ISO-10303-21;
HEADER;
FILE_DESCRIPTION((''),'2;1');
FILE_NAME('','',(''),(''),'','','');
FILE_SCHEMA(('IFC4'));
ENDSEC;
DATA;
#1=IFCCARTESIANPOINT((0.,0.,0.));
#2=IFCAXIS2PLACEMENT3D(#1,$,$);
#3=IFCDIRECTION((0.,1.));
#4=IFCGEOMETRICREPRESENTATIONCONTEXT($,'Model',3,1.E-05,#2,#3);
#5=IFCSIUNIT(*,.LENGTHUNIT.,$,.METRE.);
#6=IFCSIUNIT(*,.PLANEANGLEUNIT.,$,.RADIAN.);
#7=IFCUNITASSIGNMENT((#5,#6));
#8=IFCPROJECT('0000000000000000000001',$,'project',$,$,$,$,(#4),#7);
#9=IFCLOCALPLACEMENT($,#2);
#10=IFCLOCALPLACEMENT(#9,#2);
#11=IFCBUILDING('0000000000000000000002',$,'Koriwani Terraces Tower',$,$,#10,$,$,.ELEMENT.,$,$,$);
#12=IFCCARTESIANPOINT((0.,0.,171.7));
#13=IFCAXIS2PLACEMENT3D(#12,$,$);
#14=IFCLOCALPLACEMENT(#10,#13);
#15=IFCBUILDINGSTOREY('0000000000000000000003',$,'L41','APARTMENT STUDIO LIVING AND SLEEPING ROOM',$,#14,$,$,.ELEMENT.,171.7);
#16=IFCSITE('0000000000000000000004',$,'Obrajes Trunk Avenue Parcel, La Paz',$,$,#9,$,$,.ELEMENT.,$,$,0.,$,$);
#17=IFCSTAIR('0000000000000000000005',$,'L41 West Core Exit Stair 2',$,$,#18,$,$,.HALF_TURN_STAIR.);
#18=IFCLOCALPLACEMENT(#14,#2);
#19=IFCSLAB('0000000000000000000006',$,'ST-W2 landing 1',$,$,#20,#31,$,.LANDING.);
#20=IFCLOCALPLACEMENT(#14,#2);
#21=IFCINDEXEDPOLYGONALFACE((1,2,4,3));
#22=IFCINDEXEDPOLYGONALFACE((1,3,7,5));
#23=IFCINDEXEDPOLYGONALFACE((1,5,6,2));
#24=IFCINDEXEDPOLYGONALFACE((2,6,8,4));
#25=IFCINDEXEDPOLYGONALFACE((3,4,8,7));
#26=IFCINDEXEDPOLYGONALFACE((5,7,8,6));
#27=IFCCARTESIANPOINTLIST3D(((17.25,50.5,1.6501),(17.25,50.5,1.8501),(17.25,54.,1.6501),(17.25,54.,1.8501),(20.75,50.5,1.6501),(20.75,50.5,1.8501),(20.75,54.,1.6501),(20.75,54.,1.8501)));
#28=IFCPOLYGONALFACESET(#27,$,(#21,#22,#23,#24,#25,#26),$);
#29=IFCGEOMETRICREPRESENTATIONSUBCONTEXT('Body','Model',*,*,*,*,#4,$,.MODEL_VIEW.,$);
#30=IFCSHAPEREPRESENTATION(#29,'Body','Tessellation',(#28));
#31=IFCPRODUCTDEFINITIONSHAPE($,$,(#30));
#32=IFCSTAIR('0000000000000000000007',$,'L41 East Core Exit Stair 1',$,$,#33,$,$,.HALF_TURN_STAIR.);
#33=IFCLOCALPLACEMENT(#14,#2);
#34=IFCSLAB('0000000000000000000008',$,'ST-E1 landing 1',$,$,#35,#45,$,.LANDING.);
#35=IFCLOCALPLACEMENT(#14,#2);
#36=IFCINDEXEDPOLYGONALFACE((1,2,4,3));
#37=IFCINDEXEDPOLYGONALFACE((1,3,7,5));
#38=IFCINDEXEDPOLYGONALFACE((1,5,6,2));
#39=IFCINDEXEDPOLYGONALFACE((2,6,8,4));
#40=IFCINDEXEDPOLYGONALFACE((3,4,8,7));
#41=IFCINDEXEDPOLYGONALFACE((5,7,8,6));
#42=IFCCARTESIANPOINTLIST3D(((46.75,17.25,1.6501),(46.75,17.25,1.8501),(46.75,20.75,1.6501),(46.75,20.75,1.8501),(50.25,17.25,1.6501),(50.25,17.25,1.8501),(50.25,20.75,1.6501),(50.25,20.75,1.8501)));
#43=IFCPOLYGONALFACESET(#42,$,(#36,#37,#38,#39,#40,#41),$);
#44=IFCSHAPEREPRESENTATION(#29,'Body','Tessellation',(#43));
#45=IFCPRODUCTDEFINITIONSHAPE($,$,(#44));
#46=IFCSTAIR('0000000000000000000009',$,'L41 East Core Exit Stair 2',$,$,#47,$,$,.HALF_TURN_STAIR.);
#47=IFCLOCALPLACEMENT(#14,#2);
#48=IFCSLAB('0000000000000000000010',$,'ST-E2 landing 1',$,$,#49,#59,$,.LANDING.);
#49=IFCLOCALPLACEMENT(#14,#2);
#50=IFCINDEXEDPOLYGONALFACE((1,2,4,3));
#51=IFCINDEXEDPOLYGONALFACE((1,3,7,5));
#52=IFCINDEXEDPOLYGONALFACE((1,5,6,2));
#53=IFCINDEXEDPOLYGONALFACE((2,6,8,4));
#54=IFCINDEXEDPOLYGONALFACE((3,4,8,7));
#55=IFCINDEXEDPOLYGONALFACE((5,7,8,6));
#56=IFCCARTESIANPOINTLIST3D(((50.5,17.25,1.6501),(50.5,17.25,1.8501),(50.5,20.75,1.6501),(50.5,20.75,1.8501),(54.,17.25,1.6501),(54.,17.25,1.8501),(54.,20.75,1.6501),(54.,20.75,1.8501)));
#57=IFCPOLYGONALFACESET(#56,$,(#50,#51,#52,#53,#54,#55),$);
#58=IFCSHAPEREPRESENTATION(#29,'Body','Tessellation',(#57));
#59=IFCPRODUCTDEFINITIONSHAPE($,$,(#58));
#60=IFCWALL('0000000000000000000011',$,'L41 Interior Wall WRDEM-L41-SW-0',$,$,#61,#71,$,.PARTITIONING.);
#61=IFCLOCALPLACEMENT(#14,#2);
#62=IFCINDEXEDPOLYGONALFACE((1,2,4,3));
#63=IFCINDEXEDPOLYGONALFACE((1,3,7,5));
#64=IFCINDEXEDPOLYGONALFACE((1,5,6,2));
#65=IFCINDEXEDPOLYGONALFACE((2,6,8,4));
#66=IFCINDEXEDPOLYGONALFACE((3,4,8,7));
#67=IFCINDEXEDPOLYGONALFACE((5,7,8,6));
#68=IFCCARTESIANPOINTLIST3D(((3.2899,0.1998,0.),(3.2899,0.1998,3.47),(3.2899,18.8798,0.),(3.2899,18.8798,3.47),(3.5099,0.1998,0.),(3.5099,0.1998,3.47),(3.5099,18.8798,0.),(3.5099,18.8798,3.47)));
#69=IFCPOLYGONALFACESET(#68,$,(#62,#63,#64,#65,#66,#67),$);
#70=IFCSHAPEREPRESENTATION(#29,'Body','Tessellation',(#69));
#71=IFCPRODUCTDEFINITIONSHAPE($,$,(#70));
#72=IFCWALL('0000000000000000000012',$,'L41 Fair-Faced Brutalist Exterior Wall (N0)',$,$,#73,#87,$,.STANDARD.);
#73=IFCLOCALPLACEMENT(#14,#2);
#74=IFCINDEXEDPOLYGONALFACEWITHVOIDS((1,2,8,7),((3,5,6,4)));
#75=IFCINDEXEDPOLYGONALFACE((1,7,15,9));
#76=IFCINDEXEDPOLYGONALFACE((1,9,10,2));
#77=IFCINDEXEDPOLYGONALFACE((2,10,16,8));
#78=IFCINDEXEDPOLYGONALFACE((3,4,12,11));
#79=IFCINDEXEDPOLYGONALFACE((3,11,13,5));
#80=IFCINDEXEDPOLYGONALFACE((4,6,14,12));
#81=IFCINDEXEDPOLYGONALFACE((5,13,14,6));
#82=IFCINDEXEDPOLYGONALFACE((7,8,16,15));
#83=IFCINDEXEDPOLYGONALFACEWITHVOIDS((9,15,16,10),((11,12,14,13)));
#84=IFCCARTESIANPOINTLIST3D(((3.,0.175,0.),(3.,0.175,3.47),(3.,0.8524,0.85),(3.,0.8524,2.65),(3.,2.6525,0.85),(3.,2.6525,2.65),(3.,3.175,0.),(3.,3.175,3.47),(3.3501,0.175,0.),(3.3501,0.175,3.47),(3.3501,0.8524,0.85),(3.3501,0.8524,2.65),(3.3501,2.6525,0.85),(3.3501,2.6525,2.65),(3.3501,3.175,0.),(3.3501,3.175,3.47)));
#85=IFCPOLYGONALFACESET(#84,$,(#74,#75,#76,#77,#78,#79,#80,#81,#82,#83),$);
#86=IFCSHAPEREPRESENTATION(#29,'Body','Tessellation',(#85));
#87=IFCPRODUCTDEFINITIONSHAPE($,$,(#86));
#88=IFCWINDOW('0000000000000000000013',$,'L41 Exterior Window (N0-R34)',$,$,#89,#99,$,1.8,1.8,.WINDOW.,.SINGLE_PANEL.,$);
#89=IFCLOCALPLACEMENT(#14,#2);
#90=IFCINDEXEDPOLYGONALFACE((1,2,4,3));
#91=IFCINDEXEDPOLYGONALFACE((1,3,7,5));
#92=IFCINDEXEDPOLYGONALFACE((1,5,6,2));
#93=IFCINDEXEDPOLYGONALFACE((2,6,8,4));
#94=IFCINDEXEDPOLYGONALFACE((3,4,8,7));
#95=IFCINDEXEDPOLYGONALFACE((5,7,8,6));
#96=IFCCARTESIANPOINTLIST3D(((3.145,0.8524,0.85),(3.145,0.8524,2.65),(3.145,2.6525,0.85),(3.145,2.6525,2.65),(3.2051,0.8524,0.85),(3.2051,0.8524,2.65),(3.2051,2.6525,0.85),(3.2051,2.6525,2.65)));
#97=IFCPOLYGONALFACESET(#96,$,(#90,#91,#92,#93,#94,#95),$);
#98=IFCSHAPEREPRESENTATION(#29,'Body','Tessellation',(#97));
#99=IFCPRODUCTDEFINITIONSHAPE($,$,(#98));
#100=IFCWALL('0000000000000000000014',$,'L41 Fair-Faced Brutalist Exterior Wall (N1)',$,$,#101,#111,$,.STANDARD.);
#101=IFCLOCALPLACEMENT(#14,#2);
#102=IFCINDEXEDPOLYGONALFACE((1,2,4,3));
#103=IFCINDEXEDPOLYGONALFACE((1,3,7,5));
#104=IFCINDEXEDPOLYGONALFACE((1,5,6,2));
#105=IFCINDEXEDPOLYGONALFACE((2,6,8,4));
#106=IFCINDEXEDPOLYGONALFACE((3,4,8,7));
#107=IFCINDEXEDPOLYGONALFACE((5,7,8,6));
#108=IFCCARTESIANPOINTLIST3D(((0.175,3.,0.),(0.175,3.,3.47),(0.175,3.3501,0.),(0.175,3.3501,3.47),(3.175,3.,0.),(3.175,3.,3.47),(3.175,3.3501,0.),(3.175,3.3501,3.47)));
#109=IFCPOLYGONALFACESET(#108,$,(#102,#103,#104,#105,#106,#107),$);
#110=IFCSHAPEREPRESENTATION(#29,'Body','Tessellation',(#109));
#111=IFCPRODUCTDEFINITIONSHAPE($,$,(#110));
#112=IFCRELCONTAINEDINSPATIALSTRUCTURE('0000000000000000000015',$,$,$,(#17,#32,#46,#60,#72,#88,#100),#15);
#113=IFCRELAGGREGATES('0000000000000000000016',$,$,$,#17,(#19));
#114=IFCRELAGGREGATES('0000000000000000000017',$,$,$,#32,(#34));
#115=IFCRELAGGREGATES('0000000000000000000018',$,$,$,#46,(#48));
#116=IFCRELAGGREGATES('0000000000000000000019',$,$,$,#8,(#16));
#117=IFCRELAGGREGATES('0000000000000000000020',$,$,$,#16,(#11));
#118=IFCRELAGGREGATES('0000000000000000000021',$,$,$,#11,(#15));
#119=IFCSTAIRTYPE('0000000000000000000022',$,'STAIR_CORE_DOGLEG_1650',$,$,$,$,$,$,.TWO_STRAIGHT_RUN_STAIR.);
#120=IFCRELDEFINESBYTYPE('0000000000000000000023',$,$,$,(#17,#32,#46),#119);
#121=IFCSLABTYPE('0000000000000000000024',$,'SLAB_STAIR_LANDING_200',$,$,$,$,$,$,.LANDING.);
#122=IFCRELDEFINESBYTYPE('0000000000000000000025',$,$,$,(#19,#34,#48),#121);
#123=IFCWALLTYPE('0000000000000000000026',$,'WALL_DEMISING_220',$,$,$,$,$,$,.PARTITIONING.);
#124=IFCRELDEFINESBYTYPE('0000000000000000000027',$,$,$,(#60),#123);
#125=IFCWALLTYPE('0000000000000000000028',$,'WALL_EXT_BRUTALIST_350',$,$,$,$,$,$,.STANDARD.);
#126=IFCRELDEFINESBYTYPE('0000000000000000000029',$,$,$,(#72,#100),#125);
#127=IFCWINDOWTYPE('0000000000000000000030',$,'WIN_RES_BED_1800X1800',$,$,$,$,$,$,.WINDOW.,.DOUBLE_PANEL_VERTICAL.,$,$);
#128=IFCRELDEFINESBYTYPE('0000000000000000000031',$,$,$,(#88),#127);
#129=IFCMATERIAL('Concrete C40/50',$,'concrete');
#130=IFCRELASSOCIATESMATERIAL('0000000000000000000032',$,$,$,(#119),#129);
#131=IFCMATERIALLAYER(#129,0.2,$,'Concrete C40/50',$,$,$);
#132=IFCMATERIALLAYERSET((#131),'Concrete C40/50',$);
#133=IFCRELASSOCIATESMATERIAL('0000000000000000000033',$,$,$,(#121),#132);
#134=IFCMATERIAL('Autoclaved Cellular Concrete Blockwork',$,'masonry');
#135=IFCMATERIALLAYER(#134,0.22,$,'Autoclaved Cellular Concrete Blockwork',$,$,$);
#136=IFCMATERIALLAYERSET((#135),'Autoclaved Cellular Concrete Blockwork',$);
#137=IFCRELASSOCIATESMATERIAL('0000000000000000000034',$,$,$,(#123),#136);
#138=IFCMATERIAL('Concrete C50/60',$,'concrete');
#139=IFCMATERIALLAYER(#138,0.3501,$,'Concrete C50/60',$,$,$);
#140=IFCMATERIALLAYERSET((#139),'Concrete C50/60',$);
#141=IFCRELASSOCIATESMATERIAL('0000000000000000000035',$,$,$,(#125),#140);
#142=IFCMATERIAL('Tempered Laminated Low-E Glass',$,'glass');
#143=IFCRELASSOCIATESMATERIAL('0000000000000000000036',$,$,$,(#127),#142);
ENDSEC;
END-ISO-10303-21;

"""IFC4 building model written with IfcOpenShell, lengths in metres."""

from ifc_helpers import new_model, si_unit, direction, frame, frame_2d, origin, place, context, subcontext, project, spatial, polyline, rectangle, outline, extrude, material, layer, layer_set, type_object, element, fill, aggregate, save


model = new_model("IFC4")

# Units and contexts
model_context = context("Model", 3, precision=1e-05, world=origin(), true_north=direction((0.0, 1.0)))
body_context = subcontext(model_context, "Body", "Model", "MODEL_VIEW")
ifc_project = project(units=[si_unit("LENGTHUNIT", "METRE"), si_unit("PLANEANGLEUNIT", "RADIAN")], contexts=[model_context])

# Site, building, storey
site_placement = place(None, origin())
site = spatial("IfcSite", under=ifc_project, at=site_placement, Name="Obrajes Trunk Avenue Parcel, La Paz", CompositionType="ELEMENT", RefElevation=0.0)
building_placement = place(site_placement, origin())
building = spatial("IfcBuilding", under=site, at=building_placement, Name="Koriwani Terraces Tower", CompositionType="ELEMENT")
storey_placement = place(building_placement, frame((0.0, 0.0, 171.7)))
storey = spatial("IfcBuildingStorey", under=building, at=storey_placement, Name="L41", Description="APARTMENT STUDIO LIVING AND SLEEPING ROOM", CompositionType="ELEMENT", Elevation=171.7)

# Shared definitions
ifc_material_1 = material(Name="Concrete C50/60", Category="concrete")

# Shared definitions
ifc_material_2 = material(Name="Concrete C40/50", Category="concrete")

# Stairs, slabs
stair_type = type_object("IfcStairType", Name="STAIR_CORE_DOGLEG_1650", PredefinedType="TWO_STRAIGHT_RUN_STAIR", material=ifc_material_2)
ifc_layer_1 = layer(ifc_material_2, 0.2, Name="Concrete C40/50")
ifc_layer_set_1 = layer_set([ifc_layer_1], Name="Concrete C40/50")
slab_type_1 = type_object("IfcSlabType", Name="SLAB_STAIR_LANDING_200", PredefinedType="LANDING", material=ifc_layer_set_1)
stair_1_placement = place(storey_placement, origin())
stair_1 = element("IfcStair", 1, at=stair_1_placement, inside=storey, type_object=stair_type, Name="L41 West Core Exit Stair 2", PredefinedType="HALF_TURN_STAIR")
slab_1_placement = place(storey_placement, frame((0.0, 0.0, 1.6501)))
slab_1 = element("IfcSlab", 2, at=slab_1_placement, type_object=slab_type_1, Name="ST-W2 landing 1", PredefinedType="LANDING", context=body_context, shape_type="SweptSolid", body=[
    extrude(outline(polyline([(17.25, 54.0), (17.25, 50.5), (20.75, 50.5), (20.75, 54.0), (17.25, 54.0)])), origin(), (0.0, 0.0, 1.0), 0.2),
])
aggregate(stair_1, [slab_1])
stair_2_placement = place(storey_placement, origin())
stair_2 = element("IfcStair", 3, at=stair_2_placement, inside=storey, type_object=stair_type, Name="L41 East Core Exit Stair 1", PredefinedType="HALF_TURN_STAIR")
slab_2_placement = place(storey_placement, frame((0.0, 0.0, 1.6501)))
slab_2 = element("IfcSlab", 4, at=slab_2_placement, type_object=slab_type_1, Name="ST-E1 landing 1", PredefinedType="LANDING", context=body_context, shape_type="SweptSolid", body=[
    extrude(outline(polyline([(46.75, 17.25), (50.25, 17.25), (50.25, 20.75), (46.75, 20.75), (46.75, 17.25)])), origin(), (0.0, 0.0, 1.0), 0.2),
])
aggregate(stair_2, [slab_2])
stair_3_placement = place(storey_placement, origin())
stair_3 = element("IfcStair", 5, at=stair_3_placement, inside=storey, type_object=stair_type, Name="L41 East Core Exit Stair 2", PredefinedType="HALF_TURN_STAIR")
slab_3_placement = place(storey_placement, frame((0.0, 0.0, 1.6501)))
slab_3 = element("IfcSlab", 6, at=slab_3_placement, type_object=slab_type_1, Name="ST-E2 landing 1", PredefinedType="LANDING", context=body_context, shape_type="SweptSolid", body=[
    extrude(outline(polyline([(54.0, 20.75), (50.5, 20.75), (50.5, 17.25), (54.0, 17.25), (54.0, 20.75)])), origin(), (0.0, 0.0, 1.0), 0.2),
])
aggregate(stair_3, [slab_3])

# Wall
ifc_material_3 = material(Name="Autoclaved Cellular Concrete Blockwork", Category="masonry")
ifc_layer_2 = layer(ifc_material_3, 0.22, Name="Autoclaved Cellular Concrete Blockwork")
ifc_layer_set_2 = layer_set([ifc_layer_2], Name="Autoclaved Cellular Concrete Blockwork")
wall_type_1 = type_object("IfcWallType", Name="WALL_DEMISING_220", PredefinedType="PARTITIONING", material=ifc_layer_set_2)
wall_1_placement = place(storey_placement, frame((3.3999, 0.2, 0.0), z_axis=(0.0, 0.0, 1.0), x_axis=(0.0, 1.0, 0.0)))
element("IfcWall", 7, at=wall_1_placement, inside=storey, type_object=wall_type_1, Name="L41 Interior Wall WRDEM-L41-SW-0", PredefinedType="PARTITIONING", context=body_context, shape_type="SweptSolid", body=[
    extrude(rectangle(XDim=18.6799, YDim=0.22, at=frame_2d((9.3398, 0.0))), origin(), (0.0, 0.0, 1.0), 3.47),
])

# Wall, opening, window
ifc_layer_3 = layer(ifc_material_1, 0.3501, Name="Concrete C50/60")
ifc_layer_set_3 = layer_set([ifc_layer_3], Name="Concrete C50/60")
wall_type_2 = type_object("IfcWallType", Name="WALL_EXT_BRUTALIST_350", PredefinedType="STANDARD", material=ifc_layer_set_3)
wall_2_placement = place(storey_placement, frame((3.175, 0.175, 0.0), z_axis=(0.0, 0.0, 1.0), x_axis=(0.0, 1.0, 0.0)))
wall_2 = element("IfcWall", 8, at=wall_2_placement, inside=storey, type_object=wall_type_2, Name="L41 Fair-Faced Brutalist Exterior Wall (N0)", PredefinedType="STANDARD", context=body_context, shape_type="SweptSolid", body=[
    extrude(rectangle(XDim=3.0, YDim=0.3501, at=frame_2d((1.5, 0.0))), origin(), (0.0, 0.0, 1.0), 3.47),
])
opening_1_placement = place(wall_2_placement, frame((0.6775, 0.0, 0.8501)))
opening_1 = element("IfcOpeningElement", 9, at=opening_1_placement, cuts=wall_2, PredefinedType="OPENING", context=body_context, shape_type="SweptSolid", body=[
    extrude(rectangle(XDim=1.8, YDim=1.8, at=frame_2d((0.8999, 0.8999))), frame((0.0, 0.1851, 0.0), z_axis=(0.0, -1.0, 0.0), x_axis=(1.0, 0.0, 0.0)), (0.0, 0.0, 1.0), 0.3701),
])
ifc_material_4 = material(Name="Tempered Laminated Low-E Glass", Category="glass")
window_type_1 = type_object("IfcWindowType", Name="WIN_RES_BED_1800X1800", PartitioningType="DOUBLE_PANEL_VERTICAL", PredefinedType="WINDOW", material=ifc_material_4)
window_1_placement = place(opening_1_placement, origin())
window_1 = element("IfcWindow", 10, at=window_1_placement, inside=storey, type_object=window_type_1, Name="L41 Exterior Window (N0-R34)", OverallHeight=1.8, OverallWidth=1.8, PartitioningType="SINGLE_PANEL", PredefinedType="WINDOW", context=body_context, shape_type="SweptSolid", body=[
    extrude(rectangle(XDim=1.8, YDim=1.8, at=frame_2d((0.8999, 0.8999))), frame((0.0, 0.03, 0.0), z_axis=(0.0, -1.0, 0.0), x_axis=(1.0, 0.0, 0.0)), (0.0, 0.0, 1.0), 0.0601),
])
fill(opening_1, window_1)

# Wall
wall_3_placement = place(storey_placement, frame((3.175, 3.175, 0.0), z_axis=(0.0, 0.0, 1.0), x_axis=(-1.0, 0.0, 0.0)))
element("IfcWall", 11, at=wall_3_placement, inside=storey, type_object=wall_type_2, Name="L41 Fair-Faced Brutalist Exterior Wall (N1)", PredefinedType="STANDARD", context=body_context, shape_type="SweptSolid", body=[
    extrude(rectangle(XDim=3.0, YDim=0.3501, at=frame_2d((1.5, 0.0))), origin(), (0.0, 0.0, 1.0), 3.47),
])

save(model, "model.ifc")
